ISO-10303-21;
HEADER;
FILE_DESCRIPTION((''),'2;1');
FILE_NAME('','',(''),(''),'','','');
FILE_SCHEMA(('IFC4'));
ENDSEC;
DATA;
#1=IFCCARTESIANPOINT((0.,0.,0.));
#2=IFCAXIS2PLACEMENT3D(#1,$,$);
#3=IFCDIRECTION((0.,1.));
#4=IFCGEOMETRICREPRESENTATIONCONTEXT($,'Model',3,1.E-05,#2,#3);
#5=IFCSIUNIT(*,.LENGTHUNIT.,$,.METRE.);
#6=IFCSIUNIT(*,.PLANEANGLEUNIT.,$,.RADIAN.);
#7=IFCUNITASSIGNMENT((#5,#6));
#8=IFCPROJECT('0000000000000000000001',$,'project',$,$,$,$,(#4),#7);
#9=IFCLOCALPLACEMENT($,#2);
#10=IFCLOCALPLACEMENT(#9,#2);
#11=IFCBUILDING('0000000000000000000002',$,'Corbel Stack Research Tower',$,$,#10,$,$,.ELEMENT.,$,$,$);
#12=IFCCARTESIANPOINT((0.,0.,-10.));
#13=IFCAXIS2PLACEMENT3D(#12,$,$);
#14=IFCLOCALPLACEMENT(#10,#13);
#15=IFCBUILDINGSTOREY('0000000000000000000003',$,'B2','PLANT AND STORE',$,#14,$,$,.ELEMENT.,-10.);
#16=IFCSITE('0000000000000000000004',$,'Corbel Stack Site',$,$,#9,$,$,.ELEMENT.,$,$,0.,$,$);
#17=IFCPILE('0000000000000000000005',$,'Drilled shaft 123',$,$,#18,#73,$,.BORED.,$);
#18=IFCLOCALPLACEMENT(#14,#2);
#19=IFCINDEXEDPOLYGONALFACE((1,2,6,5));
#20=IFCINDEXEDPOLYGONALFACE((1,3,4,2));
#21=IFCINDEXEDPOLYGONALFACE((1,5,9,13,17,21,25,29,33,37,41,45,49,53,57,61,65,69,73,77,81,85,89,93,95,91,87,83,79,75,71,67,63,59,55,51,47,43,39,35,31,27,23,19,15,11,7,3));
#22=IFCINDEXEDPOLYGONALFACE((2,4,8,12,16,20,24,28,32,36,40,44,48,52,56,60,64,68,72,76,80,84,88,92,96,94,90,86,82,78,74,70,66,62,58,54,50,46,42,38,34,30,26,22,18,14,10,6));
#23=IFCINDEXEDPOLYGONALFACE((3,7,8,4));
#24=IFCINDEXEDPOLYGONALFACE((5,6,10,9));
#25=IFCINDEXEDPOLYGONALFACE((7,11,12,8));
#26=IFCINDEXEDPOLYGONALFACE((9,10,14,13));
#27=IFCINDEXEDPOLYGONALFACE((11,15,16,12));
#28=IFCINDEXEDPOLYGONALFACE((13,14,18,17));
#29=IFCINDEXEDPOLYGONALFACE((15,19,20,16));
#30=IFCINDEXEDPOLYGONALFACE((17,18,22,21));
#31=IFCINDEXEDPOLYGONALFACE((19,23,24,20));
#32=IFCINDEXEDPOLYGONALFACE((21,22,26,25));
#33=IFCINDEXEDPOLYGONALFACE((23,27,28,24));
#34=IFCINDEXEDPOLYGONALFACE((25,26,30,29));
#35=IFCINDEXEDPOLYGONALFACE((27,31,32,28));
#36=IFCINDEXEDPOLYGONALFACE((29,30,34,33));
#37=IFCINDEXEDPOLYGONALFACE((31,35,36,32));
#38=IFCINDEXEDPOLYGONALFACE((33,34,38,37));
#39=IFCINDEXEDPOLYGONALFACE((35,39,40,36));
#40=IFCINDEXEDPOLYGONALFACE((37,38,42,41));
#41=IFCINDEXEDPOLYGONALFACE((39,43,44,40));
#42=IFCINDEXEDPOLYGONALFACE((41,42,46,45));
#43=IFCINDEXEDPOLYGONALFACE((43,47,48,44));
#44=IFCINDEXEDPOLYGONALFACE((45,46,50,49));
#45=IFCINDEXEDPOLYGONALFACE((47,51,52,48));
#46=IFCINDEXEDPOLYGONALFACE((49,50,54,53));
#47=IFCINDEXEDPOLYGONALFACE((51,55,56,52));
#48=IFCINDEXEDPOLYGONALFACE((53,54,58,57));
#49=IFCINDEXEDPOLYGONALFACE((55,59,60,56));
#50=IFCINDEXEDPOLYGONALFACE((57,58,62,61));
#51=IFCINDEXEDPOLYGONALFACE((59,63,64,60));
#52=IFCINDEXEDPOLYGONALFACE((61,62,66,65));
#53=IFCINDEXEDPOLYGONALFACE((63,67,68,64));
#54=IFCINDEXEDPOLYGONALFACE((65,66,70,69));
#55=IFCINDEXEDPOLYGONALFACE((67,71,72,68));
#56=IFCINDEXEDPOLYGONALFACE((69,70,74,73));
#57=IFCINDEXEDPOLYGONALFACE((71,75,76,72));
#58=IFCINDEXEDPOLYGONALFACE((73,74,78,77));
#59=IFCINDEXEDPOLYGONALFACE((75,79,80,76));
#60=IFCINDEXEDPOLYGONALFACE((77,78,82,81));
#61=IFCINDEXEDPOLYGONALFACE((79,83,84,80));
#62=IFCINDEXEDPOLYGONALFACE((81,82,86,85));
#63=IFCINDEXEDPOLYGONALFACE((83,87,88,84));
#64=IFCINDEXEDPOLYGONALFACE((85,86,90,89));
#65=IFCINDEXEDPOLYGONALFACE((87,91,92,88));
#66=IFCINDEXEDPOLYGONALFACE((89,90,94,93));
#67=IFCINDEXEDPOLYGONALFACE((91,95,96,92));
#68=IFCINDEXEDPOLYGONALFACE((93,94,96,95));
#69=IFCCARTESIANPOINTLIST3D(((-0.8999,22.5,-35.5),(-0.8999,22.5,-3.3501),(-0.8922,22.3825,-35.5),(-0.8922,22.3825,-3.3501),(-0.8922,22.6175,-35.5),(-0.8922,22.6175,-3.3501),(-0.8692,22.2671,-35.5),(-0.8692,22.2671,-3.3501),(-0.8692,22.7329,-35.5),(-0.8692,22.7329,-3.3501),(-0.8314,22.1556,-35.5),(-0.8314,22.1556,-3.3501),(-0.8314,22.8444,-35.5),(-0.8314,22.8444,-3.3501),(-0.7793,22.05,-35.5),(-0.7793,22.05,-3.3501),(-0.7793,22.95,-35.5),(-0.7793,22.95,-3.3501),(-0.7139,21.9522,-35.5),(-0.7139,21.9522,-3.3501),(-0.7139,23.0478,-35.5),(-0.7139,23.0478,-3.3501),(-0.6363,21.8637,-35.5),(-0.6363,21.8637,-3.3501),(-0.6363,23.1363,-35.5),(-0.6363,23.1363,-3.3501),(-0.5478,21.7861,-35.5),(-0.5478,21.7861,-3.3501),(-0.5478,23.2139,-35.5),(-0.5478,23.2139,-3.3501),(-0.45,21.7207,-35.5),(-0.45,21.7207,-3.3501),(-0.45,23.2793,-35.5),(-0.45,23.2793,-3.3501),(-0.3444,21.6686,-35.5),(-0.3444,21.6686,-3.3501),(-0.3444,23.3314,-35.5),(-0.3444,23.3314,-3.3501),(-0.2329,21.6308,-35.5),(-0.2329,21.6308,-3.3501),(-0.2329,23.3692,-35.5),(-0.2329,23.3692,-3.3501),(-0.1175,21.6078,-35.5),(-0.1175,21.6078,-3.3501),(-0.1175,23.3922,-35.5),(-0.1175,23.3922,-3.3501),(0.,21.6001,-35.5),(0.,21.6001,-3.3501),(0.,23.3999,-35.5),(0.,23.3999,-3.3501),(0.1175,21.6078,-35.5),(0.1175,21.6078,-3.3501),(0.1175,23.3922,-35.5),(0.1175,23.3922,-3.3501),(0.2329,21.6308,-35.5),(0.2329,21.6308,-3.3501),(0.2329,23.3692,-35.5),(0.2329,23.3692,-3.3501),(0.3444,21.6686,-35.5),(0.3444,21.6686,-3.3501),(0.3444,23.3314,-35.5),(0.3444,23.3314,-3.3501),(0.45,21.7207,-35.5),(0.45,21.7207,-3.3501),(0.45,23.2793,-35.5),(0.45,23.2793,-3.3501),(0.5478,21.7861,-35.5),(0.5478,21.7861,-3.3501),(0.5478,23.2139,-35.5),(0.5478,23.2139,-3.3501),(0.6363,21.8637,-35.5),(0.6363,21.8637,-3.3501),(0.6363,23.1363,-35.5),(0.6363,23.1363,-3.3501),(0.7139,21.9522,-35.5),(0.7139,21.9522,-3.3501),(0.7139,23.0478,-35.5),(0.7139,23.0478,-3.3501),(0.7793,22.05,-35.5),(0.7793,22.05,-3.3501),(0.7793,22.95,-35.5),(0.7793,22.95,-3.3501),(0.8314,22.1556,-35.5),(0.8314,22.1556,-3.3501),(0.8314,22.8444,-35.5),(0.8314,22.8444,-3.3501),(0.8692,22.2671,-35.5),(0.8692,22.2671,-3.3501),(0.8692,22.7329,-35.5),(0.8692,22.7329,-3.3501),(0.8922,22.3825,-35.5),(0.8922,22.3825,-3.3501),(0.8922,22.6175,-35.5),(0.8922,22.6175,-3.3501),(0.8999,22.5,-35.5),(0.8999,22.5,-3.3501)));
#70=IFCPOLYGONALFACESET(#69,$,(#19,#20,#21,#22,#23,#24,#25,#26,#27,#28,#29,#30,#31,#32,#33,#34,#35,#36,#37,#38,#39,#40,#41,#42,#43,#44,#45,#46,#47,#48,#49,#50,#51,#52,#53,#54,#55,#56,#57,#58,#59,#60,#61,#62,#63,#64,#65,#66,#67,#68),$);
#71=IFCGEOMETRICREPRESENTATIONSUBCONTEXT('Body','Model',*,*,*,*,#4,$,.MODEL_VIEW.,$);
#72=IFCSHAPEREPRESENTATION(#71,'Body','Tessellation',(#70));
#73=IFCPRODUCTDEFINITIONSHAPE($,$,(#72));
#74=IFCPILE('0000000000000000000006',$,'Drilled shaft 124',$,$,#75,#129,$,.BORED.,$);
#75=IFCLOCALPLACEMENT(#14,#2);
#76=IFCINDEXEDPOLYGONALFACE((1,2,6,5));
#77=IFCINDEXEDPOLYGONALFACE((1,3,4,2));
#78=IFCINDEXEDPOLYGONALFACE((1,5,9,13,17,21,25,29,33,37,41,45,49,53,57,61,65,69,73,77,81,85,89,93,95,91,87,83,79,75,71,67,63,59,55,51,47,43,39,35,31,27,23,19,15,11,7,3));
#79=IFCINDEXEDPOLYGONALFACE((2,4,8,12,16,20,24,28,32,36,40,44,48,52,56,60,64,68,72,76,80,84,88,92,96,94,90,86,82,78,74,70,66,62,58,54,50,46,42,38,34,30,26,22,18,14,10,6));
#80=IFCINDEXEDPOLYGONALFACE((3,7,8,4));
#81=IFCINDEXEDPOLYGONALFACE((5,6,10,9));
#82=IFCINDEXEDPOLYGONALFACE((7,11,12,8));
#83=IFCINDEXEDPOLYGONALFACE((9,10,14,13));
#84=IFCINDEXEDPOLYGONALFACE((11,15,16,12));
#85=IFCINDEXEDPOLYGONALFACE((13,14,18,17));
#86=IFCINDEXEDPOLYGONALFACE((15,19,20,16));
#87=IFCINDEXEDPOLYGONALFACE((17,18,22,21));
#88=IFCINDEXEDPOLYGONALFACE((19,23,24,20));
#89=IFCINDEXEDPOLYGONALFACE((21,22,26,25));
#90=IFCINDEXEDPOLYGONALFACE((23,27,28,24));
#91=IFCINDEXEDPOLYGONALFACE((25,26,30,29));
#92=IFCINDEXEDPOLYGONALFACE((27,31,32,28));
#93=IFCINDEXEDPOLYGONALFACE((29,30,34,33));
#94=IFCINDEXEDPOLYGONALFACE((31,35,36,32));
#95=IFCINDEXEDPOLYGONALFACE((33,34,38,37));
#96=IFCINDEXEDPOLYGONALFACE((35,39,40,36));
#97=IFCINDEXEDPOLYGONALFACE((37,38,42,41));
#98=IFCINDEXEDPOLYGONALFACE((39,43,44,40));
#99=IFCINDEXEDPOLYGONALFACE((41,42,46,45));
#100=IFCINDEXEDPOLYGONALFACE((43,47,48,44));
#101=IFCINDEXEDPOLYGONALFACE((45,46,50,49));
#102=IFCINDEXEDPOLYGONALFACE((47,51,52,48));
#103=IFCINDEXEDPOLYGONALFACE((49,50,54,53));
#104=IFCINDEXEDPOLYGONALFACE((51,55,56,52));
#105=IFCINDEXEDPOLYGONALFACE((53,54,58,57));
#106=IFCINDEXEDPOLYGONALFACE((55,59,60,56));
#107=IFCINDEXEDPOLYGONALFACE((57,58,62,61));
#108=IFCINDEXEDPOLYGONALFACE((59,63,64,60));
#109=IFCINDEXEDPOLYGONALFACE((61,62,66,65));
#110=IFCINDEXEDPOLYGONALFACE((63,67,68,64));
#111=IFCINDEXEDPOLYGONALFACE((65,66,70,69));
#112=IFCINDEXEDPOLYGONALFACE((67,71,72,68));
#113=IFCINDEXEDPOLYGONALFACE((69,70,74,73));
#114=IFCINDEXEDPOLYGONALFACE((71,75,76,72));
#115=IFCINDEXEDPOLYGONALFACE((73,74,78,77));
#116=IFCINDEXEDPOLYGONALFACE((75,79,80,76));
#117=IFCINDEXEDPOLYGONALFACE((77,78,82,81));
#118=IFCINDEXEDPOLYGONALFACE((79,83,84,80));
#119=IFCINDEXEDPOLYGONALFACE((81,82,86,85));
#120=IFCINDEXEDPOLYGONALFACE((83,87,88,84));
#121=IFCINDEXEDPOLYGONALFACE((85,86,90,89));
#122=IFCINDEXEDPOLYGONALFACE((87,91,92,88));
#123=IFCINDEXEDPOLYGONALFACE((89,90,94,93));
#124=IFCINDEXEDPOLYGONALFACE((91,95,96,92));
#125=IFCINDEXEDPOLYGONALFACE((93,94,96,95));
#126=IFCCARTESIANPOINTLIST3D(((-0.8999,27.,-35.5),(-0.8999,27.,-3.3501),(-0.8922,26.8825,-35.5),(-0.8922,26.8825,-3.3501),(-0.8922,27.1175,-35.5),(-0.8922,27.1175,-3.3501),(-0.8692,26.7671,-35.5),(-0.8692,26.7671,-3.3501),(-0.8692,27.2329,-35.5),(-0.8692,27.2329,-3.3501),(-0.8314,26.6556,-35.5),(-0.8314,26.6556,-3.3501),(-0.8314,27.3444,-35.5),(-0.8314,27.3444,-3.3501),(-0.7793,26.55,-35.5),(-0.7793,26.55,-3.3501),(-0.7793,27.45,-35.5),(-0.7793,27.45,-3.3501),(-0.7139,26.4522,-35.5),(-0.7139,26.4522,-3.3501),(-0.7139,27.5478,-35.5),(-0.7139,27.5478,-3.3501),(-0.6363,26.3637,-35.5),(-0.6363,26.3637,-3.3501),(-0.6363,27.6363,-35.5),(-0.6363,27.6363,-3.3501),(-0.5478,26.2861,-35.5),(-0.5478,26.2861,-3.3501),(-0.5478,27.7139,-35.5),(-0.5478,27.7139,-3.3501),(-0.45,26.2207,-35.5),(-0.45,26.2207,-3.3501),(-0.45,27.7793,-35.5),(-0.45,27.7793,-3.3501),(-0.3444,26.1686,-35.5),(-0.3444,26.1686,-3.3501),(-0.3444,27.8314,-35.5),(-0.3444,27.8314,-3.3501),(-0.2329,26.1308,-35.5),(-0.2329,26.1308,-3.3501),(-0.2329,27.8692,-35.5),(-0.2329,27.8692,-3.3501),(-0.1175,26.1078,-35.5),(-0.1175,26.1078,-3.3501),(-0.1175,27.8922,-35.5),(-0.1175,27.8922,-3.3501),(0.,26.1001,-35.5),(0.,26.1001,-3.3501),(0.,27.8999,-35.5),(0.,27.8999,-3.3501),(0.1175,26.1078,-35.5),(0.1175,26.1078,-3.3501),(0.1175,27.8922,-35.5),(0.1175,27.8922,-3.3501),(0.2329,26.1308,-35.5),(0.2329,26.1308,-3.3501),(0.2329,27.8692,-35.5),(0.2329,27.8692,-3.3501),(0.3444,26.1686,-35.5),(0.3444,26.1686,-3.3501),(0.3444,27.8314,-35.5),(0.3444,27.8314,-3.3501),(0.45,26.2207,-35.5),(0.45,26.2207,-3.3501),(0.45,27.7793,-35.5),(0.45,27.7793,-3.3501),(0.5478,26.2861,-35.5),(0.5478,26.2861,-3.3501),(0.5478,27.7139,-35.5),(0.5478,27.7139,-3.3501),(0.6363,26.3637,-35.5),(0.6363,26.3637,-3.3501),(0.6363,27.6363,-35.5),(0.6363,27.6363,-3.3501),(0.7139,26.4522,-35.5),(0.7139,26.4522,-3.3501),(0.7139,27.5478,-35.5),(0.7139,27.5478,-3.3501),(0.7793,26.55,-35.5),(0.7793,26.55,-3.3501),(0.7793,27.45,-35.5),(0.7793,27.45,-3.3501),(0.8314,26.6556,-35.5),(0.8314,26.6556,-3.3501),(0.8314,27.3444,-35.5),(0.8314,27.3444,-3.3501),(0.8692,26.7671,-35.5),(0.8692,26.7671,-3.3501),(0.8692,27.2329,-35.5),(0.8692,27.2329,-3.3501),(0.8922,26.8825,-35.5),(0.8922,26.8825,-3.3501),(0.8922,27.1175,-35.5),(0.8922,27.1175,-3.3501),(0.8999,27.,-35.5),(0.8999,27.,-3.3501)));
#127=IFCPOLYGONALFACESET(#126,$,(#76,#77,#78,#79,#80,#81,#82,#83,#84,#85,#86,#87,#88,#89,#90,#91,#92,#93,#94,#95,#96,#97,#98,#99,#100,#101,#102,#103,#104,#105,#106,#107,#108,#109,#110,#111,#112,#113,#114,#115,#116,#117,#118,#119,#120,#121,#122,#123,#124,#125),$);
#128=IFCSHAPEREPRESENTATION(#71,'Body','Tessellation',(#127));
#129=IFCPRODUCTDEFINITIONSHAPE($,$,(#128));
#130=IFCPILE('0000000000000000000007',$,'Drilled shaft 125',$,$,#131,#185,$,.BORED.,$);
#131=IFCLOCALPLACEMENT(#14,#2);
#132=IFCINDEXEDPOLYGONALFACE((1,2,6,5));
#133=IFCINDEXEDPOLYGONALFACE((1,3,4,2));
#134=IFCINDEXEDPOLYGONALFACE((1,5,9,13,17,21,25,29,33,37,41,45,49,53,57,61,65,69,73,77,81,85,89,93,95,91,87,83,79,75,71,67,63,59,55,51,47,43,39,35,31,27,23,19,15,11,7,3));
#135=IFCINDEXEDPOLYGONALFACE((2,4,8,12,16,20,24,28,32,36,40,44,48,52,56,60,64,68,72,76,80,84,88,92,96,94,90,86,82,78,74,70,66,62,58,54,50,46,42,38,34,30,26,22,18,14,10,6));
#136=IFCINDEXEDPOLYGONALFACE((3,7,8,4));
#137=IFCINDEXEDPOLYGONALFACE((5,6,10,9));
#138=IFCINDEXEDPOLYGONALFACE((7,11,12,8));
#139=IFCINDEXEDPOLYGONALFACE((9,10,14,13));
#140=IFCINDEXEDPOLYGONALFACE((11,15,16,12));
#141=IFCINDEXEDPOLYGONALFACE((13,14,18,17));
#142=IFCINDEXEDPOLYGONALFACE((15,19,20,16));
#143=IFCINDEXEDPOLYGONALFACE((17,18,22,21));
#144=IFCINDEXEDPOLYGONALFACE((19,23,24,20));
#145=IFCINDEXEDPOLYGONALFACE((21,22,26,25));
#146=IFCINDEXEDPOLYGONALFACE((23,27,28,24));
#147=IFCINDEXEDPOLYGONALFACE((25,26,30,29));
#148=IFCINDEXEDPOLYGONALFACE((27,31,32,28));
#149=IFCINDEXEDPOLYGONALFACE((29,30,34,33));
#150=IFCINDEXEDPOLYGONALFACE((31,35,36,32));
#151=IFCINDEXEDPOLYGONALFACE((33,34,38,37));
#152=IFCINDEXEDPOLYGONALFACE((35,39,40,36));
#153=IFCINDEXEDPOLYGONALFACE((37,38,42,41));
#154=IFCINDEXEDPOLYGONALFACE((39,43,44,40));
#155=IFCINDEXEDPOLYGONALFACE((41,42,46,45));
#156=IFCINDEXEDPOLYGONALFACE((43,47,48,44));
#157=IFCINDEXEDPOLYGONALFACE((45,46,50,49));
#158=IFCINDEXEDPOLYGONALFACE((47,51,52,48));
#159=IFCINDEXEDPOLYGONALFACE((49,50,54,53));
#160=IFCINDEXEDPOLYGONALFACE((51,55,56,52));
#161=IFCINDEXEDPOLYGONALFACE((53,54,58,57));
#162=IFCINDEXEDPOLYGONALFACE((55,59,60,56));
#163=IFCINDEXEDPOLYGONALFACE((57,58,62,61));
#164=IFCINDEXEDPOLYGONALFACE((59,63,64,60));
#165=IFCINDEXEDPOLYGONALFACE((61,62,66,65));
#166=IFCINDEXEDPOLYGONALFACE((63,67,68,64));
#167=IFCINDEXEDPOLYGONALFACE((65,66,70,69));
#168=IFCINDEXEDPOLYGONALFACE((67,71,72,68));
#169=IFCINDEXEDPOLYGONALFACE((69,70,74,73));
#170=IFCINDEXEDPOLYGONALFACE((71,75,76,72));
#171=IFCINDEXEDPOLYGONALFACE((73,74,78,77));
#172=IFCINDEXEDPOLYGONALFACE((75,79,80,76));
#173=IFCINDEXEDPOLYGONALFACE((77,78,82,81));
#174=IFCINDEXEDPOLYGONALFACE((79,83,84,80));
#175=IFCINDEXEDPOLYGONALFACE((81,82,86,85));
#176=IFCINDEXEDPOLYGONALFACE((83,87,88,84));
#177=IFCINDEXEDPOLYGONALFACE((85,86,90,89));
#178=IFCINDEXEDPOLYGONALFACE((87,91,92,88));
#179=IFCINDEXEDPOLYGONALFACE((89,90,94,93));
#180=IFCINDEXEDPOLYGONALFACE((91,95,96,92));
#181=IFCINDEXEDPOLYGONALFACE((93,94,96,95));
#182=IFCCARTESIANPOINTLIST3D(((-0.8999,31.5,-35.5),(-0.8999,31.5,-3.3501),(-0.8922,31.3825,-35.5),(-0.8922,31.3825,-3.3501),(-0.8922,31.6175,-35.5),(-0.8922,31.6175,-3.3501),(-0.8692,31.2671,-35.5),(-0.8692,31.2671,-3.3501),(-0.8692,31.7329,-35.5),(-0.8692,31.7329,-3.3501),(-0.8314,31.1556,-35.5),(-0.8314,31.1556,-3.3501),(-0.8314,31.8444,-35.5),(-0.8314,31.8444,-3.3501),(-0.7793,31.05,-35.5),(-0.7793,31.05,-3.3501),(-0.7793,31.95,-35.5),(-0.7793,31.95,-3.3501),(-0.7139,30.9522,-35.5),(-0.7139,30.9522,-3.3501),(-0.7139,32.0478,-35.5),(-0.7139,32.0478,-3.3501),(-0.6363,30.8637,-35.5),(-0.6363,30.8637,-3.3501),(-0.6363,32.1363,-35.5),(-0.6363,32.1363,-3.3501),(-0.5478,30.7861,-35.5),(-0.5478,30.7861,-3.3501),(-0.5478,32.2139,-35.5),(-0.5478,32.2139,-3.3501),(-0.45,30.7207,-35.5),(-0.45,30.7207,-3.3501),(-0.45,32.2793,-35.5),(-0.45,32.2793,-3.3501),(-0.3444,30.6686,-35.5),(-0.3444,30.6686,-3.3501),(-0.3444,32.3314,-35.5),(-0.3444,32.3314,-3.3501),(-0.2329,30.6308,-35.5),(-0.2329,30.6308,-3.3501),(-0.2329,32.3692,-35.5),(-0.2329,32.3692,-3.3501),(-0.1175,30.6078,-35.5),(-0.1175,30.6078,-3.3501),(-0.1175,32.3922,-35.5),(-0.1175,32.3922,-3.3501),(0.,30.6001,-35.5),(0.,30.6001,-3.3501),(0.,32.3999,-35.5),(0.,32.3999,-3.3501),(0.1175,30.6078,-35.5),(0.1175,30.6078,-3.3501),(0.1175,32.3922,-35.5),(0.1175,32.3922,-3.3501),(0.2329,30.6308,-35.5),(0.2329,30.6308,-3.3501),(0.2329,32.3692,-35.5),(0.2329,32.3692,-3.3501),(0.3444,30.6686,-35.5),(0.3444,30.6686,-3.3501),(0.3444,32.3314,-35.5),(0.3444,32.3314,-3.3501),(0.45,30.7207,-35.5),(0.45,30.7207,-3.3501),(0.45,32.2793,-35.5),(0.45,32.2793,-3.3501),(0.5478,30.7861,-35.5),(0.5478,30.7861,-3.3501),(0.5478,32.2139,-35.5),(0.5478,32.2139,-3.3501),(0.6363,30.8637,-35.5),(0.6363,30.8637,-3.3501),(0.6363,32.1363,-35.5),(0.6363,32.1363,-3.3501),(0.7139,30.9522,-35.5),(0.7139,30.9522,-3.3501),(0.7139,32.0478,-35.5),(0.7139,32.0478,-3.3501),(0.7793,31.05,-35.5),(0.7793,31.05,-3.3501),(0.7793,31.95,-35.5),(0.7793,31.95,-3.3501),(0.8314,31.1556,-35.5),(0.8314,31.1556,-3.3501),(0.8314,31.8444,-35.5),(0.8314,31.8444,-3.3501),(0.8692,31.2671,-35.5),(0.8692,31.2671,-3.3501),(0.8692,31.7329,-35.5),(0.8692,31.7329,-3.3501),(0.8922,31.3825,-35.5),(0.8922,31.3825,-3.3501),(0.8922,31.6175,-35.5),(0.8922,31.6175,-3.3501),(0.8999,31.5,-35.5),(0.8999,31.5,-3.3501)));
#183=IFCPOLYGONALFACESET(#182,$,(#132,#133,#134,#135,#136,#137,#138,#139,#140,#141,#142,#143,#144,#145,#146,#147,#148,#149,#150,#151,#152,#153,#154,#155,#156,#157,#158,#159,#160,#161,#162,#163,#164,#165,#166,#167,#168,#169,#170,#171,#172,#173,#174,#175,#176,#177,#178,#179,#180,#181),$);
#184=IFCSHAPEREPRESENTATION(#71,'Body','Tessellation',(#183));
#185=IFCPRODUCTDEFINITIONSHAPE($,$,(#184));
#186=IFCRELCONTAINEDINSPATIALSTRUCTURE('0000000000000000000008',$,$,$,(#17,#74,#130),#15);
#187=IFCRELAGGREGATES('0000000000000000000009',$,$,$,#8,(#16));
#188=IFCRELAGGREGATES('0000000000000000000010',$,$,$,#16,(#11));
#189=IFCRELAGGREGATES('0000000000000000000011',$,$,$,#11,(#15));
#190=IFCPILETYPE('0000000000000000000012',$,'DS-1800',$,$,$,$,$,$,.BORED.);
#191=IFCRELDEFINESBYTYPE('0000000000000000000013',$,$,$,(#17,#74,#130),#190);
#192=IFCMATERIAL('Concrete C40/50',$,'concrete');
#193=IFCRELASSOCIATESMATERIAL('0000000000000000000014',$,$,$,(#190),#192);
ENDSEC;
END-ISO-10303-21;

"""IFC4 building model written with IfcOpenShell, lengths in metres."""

from ifc_helpers import new_model, si_unit, direction, frame, origin, origin_2d, place, context, subcontext, project, spatial, circle, extrude, material, material_profile, profile_set, type_object, element, save


model = new_model("IFC4")

# Units and contexts
model_context = context("Model", 3, precision=1e-05, world=origin(), true_north=direction((0.0, 1.0)))
body_context = subcontext(model_context, "Body", "Model", "MODEL_VIEW")
ifc_project = project(units=[si_unit("LENGTHUNIT", "METRE"), si_unit("PLANEANGLEUNIT", "RADIAN")], contexts=[model_context])

# Site, building, storey
site_placement = place(None, origin())
site = spatial("IfcSite", under=ifc_project, at=site_placement, Name="Corbel Stack Site", CompositionType="ELEMENT", RefElevation=0.0)
building_placement = place(site_placement, origin())
building = spatial("IfcBuilding", under=site, at=building_placement, Name="Corbel Stack Research Tower", CompositionType="ELEMENT")
storey_placement = place(building_placement, frame((0.0, 0.0, -10.0)))
storey = spatial("IfcBuildingStorey", under=building, at=storey_placement, Name="B2", Description="PLANT AND STORE", CompositionType="ELEMENT", Elevation=-10.0)

# Piles
ifc_material_1 = material(Name="Concrete C40/50", Category="concrete")
ifc_material_profile_1 = material_profile(ifc_material_1, circle(Radius=0.8999, at=origin_2d()), Name="Shaft 1800")
ifc_profile_set_1 = profile_set([ifc_material_profile_1], Name="Concrete C40/50")
pile_type = type_object("IfcPileType", Name="DS-1800", PredefinedType="BORED", material=ifc_profile_set_1)
for number, where, z_axis, x_axis, name in (
    (1, (0.0, 22.5, -3.3501), (0.0, 0.0, -1.0), (1.0, 0.0, 0.0), "Drilled shaft 123"),
    (2, (0.0, 27.0, -3.3501), (0.0, 0.0, -1.0), (1.0, 0.0, 0.0), "Drilled shaft 124"),
    (3, (0.0, 31.5, -3.3501), (0.0, 0.0, -1.0), (1.0, 0.0, 0.0), "Drilled shaft 125"),
):
    element("IfcPile", number, at=place(storey_placement, frame(where, z_axis=z_axis, x_axis=x_axis)), inside=storey, type_object=pile_type, Name=name, PredefinedType="BORED", context=body_context, shape_type="SweptSolid", body=[
        extrude(circle(Radius=0.8999, at=origin_2d()), origin(), (0.0, 0.0, 1.0), 32.1499),
    ])

save(model, "model.ifc")
